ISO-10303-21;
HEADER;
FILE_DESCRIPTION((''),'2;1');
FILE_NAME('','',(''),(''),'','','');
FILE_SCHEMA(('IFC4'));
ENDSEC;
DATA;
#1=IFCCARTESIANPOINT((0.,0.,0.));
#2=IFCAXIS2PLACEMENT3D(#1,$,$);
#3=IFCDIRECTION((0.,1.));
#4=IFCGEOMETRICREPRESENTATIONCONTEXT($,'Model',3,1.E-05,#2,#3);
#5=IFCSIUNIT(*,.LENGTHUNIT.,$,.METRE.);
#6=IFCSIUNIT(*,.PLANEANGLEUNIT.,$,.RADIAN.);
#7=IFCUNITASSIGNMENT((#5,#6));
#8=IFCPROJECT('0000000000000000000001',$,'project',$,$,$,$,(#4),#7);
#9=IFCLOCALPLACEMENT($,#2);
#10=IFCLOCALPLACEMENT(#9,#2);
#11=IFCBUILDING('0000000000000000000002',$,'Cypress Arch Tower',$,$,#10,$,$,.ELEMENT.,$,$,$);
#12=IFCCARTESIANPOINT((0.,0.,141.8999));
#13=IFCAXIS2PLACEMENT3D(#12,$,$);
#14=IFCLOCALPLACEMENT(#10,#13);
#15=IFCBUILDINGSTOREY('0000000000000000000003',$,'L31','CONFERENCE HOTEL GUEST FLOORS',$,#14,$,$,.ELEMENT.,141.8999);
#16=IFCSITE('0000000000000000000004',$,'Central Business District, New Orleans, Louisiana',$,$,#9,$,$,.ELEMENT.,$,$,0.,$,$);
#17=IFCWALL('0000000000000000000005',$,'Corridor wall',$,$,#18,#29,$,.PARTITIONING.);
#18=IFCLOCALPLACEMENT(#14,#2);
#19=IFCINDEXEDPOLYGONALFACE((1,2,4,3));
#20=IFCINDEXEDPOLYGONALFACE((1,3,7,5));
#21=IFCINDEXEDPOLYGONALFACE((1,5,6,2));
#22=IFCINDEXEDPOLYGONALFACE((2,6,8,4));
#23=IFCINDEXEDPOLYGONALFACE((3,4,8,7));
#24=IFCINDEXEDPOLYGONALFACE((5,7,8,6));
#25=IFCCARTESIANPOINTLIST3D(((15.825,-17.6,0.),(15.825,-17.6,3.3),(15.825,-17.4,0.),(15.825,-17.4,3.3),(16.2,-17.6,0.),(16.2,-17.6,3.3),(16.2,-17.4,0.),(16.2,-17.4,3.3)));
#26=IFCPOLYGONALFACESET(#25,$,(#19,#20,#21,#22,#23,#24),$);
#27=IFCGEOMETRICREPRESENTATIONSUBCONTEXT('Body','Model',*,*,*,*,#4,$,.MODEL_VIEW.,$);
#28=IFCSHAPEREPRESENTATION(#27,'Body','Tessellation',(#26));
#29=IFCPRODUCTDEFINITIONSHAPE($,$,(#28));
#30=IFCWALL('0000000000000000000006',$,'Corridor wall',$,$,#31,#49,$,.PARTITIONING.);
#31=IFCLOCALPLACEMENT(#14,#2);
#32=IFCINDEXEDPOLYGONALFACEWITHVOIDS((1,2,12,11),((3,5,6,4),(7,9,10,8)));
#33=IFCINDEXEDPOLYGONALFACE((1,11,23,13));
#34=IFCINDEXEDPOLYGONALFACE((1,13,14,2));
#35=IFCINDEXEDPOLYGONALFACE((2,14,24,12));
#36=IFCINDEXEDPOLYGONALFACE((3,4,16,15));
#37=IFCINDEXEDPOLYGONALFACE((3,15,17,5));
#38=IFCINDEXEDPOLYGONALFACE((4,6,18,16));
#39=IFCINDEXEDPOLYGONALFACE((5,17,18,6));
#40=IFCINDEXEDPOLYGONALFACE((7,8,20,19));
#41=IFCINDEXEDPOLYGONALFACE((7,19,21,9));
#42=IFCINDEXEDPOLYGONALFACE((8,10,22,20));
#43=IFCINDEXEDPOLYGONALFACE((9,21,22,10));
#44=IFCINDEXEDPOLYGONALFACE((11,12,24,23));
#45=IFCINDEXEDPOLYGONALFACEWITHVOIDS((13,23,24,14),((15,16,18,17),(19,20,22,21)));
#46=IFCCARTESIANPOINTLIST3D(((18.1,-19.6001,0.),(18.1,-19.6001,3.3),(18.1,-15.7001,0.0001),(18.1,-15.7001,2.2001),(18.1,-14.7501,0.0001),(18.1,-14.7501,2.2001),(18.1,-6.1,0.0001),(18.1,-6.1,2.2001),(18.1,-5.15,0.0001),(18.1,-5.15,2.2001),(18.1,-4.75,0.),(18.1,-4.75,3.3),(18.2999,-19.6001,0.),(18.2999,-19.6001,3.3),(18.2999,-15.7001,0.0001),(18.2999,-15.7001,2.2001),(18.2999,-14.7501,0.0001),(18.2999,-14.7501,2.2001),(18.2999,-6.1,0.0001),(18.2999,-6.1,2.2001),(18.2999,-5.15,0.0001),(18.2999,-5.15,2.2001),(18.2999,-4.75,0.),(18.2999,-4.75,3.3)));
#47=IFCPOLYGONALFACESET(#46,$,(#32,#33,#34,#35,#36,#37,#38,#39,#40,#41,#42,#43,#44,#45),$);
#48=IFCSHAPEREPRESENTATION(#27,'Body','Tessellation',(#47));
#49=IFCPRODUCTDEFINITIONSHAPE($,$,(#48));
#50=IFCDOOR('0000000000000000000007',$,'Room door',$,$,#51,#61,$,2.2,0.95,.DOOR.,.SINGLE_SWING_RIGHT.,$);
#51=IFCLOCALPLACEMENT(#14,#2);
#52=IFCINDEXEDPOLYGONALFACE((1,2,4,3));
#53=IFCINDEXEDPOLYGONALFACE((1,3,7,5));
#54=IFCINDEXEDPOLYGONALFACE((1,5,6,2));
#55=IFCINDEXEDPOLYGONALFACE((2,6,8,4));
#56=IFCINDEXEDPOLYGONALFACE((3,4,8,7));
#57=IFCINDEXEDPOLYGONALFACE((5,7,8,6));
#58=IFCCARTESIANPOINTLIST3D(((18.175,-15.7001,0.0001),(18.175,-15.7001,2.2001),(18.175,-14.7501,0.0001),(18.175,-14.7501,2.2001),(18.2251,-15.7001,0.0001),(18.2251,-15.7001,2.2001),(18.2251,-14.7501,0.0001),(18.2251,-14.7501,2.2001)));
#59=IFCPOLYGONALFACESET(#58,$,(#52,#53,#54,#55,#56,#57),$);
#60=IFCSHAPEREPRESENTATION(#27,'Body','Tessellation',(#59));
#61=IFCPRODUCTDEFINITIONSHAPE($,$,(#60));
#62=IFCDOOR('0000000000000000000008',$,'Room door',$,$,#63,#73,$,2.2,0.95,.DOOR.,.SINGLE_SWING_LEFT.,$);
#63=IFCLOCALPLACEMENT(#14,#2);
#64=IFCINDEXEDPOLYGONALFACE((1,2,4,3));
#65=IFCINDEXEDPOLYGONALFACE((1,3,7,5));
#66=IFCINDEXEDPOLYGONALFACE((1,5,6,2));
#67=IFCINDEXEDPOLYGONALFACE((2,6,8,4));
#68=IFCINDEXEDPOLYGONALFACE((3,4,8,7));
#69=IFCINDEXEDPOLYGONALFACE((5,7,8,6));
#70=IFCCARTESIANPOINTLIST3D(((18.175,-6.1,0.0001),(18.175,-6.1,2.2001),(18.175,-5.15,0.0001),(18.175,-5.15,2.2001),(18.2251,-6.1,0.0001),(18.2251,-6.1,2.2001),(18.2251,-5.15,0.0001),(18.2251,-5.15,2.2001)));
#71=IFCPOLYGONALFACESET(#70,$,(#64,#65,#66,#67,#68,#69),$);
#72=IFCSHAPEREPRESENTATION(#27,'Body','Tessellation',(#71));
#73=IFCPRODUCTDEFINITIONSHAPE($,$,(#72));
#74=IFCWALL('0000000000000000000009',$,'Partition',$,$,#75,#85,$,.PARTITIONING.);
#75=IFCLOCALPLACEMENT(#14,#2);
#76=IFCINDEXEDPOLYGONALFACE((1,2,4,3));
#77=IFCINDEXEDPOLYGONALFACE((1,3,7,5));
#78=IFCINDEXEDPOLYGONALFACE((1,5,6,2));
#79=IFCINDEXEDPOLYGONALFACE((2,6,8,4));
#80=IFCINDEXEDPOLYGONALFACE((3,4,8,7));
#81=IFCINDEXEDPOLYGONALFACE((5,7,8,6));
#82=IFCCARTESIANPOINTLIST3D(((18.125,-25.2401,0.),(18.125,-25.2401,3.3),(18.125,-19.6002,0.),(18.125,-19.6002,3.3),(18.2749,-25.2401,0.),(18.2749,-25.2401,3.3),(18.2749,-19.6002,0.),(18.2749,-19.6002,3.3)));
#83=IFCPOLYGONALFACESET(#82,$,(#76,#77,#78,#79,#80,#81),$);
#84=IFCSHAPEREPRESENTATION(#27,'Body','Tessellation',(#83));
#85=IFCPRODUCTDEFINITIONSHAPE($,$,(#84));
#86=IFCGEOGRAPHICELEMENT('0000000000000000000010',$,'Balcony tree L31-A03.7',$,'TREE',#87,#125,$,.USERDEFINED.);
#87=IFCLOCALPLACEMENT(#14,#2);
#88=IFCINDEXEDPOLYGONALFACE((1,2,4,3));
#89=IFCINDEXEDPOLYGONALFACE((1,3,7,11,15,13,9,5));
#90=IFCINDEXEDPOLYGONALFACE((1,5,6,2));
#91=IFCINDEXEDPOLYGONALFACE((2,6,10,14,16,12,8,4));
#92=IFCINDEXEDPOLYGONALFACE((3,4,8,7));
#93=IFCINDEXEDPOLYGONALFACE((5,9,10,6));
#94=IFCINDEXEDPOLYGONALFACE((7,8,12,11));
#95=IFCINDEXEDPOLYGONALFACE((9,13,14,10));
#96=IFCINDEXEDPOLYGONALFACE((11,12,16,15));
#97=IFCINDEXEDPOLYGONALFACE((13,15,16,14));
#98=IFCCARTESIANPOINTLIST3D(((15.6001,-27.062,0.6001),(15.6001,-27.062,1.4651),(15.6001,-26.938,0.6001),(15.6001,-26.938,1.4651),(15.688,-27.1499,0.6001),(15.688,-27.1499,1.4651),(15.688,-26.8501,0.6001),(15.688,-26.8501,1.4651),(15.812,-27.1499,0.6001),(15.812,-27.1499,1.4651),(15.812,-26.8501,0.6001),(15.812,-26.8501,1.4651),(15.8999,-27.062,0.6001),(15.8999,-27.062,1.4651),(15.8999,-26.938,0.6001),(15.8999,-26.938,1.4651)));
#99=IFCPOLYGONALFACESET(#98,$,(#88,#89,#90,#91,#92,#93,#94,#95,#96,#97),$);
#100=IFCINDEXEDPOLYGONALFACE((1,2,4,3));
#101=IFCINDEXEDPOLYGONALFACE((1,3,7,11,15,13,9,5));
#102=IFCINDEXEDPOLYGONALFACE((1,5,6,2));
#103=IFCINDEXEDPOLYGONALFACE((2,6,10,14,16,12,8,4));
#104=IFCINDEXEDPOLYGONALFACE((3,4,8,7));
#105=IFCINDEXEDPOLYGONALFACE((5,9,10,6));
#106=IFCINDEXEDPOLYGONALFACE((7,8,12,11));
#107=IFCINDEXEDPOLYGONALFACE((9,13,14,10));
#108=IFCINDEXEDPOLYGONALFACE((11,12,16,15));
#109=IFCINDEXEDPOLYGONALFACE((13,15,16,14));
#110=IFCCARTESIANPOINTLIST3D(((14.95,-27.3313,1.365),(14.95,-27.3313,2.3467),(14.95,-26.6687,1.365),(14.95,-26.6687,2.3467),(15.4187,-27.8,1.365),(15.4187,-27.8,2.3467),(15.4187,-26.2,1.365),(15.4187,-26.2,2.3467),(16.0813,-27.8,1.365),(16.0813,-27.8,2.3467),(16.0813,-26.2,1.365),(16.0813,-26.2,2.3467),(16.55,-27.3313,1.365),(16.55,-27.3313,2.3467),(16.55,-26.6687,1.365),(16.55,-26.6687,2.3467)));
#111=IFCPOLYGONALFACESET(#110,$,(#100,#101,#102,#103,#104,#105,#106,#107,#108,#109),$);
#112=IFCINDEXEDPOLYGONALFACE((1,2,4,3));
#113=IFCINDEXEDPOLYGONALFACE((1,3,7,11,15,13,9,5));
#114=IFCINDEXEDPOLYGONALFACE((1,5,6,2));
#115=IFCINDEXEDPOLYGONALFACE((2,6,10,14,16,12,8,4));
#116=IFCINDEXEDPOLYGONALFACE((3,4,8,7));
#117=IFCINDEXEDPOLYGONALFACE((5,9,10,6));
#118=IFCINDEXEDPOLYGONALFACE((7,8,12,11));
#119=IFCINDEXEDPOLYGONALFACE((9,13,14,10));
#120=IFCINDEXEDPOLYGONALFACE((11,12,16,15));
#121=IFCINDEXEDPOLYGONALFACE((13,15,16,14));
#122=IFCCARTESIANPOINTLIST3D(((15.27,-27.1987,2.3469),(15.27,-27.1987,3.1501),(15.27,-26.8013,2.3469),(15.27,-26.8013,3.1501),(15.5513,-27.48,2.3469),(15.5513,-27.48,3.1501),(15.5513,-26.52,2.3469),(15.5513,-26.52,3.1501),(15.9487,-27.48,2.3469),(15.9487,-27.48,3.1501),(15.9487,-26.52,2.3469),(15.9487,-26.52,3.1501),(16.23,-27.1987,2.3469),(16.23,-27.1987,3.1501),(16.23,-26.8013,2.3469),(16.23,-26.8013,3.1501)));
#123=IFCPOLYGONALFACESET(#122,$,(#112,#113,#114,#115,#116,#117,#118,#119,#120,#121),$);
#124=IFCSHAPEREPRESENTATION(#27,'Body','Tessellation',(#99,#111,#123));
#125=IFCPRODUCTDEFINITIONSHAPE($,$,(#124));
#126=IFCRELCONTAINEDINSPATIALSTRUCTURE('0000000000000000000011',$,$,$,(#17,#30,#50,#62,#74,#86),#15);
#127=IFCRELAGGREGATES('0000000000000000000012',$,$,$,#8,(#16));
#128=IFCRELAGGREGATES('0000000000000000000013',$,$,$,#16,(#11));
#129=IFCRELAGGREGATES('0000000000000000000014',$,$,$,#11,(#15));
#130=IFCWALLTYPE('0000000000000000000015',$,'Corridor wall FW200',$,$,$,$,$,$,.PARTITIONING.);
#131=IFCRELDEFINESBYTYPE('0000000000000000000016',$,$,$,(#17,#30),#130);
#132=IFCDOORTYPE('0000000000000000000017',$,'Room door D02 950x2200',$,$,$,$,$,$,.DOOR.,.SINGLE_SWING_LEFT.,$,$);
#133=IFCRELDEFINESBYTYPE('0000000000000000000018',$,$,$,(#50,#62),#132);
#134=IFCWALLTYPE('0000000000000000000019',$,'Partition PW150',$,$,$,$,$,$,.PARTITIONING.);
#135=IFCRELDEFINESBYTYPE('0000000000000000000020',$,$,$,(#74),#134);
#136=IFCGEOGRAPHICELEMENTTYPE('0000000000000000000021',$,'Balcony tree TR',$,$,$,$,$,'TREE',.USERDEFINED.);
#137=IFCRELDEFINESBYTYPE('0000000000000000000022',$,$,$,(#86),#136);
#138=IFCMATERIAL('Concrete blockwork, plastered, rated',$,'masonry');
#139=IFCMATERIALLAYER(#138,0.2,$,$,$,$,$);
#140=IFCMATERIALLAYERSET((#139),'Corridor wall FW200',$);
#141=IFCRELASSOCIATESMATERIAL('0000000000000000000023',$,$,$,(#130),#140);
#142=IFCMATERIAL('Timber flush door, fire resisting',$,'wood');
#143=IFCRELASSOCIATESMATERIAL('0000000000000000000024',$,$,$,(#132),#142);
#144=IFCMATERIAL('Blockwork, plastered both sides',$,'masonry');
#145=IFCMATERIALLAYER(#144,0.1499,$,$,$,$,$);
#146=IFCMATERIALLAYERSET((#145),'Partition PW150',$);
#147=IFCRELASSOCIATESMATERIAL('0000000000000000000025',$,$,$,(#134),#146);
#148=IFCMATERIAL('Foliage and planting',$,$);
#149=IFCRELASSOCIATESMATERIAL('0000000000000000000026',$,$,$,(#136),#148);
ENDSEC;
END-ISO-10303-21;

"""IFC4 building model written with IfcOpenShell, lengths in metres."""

from ifc_helpers import new_model, si_unit, direction, frame, frame_2d, origin, place, context, subcontext, project, spatial, polyline, rectangle, outline, extrude, material, layer, layer_set, type_object, element, fill, save


model = new_model("IFC4")

# Units and contexts
model_context = context("Model", 3, precision=1e-05, world=origin(), true_north=direction((0.0, 1.0)))
body_context = subcontext(model_context, "Body", "Model", "MODEL_VIEW")
ifc_project = project(units=[si_unit("LENGTHUNIT", "METRE"), si_unit("PLANEANGLEUNIT", "RADIAN")], contexts=[model_context])

# Site, building, storey
site_placement = place(None, origin())
site = spatial("IfcSite", under=ifc_project, at=site_placement, Name="Central Business District, New Orleans, Louisiana", CompositionType="ELEMENT", RefElevation=0.0)
building_placement = place(site_placement, origin())
building = spatial("IfcBuilding", under=site, at=building_placement, Name="Cypress Arch Tower", CompositionType="ELEMENT")
storey_placement = place(building_placement, frame((0.0, 0.0, 141.8999)))
storey = spatial("IfcBuildingStorey", under=building, at=storey_placement, Name="L31", Description="CONFERENCE HOTEL GUEST FLOORS", CompositionType="ELEMENT", Elevation=141.8999)

# Wall
ifc_material_1 = material(Name="Concrete blockwork, plastered, rated", Category="masonry")
ifc_layer_1 = layer(ifc_material_1, 0.2)
ifc_layer_set_1 = layer_set([ifc_layer_1], Name="Corridor wall FW200")
wall_type_1 = type_object("IfcWallType", Name="Corridor wall FW200", PredefinedType="PARTITIONING", material=ifc_layer_set_1)
wall_1_placement = place(storey_placement, frame((15.825, -17.5, 0.0), z_axis=(0.0, 0.0, 1.0), x_axis=(1.0, 0.0, 0.0)))
element("IfcWall", 1, at=wall_1_placement, inside=storey, type_object=wall_type_1, Name="Corridor wall", PredefinedType="PARTITIONING", context=body_context, shape_type="SweptSolid", body=[
    extrude(rectangle(XDim=0.375, YDim=0.2, at=frame_2d((0.1875, 0.0))), origin(), (0.0, 0.0, 1.0), 3.3),
])

# Wall, openings, doors
wall_2_placement = place(storey_placement, frame((18.2, -19.6001, 0.0), z_axis=(0.0, 0.0, 1.0), x_axis=(0.0, 1.0, 0.0)))
wall_2 = element("IfcWall", 2, at=wall_2_placement, inside=storey, type_object=wall_type_1, Name="Corridor wall", PredefinedType="PARTITIONING", context=body_context, shape_type="SweptSolid", body=[
    extrude(rectangle(XDim=14.8501, YDim=0.2, at=frame_2d((7.425, 0.0))), origin(), (0.0, 0.0, 1.0), 3.3),
])
opening_1_placement = place(wall_2_placement, frame((3.8999, 0.0, 0.0)))
opening_1 = element("IfcOpeningElement", 3, at=opening_1_placement, cuts=wall_2, PredefinedType="OPENING", context=body_context, shape_type="SweptSolid", body=[
    extrude(rectangle(XDim=0.95, YDim=2.2, at=frame_2d((0.4751, 1.1001))), frame((0.0, 0.1099, 0.0), z_axis=(0.0, -1.0, 0.0), x_axis=(1.0, 0.0, 0.0)), (0.0, 0.0, 1.0), 0.22),
])
opening_2_placement = place(wall_2_placement, frame((13.5, 0.0, 0.0)))
opening_2 = element("IfcOpeningElement", 4, at=opening_2_placement, cuts=wall_2, PredefinedType="OPENING", context=body_context, shape_type="SweptSolid", body=[
    extrude(rectangle(XDim=0.95, YDim=2.2, at=frame_2d((0.4751, 1.1001))), frame((0.0, 0.1099, 0.0), z_axis=(0.0, -1.0, 0.0), x_axis=(1.0, 0.0, 0.0)), (0.0, 0.0, 1.0), 0.22),
])
ifc_material_2 = material(Name="Timber flush door, fire resisting", Category="wood")
door_type = type_object("IfcDoorType", Name="Room door D02 950x2200", OperationType="SINGLE_SWING_LEFT", PredefinedType="DOOR", material=ifc_material_2)
door_1_placement = place(opening_1_placement, origin())
door_1 = element("IfcDoor", 5, at=door_1_placement, inside=storey, type_object=door_type, Name="Room door", OperationType="SINGLE_SWING_RIGHT", OverallHeight=2.2, OverallWidth=0.95, PredefinedType="DOOR", context=body_context, shape_type="SweptSolid", body=[
    extrude(rectangle(XDim=0.95, YDim=2.2, at=frame_2d((0.4751, 1.1001))), frame((0.0, 0.0249, 0.0), z_axis=(0.0, -1.0, 0.0), x_axis=(1.0, 0.0, 0.0)), (0.0, 0.0, 1.0), 0.05),
])
fill(opening_1, door_1)
door_2_placement = place(opening_2_placement, origin())
door_2 = element("IfcDoor", 6, at=door_2_placement, inside=storey, type_object=door_type, Name="Room door", OperationType="SINGLE_SWING_LEFT", OverallHeight=2.2, OverallWidth=0.95, PredefinedType="DOOR", context=body_context, shape_type="SweptSolid", body=[
    extrude(rectangle(XDim=0.95, YDim=2.2, at=frame_2d((0.4751, 1.1001))), frame((0.0, 0.0249, 0.0), z_axis=(0.0, -1.0, 0.0), x_axis=(1.0, 0.0, 0.0)), (0.0, 0.0, 1.0), 0.05),
])
fill(opening_2, door_2)

# Wall
ifc_material_3 = material(Name="Blockwork, plastered both sides", Category="masonry")
ifc_layer_2 = layer(ifc_material_3, 0.1499)
ifc_layer_set_2 = layer_set([ifc_layer_2], Name="Partition PW150")
wall_type_2 = type_object("IfcWallType", Name="Partition PW150", PredefinedType="PARTITIONING", material=ifc_layer_set_2)
wall_3_placement = place(storey_placement, frame((18.2, -25.24, 0.0), z_axis=(0.0, 0.0, 1.0), x_axis=(0.0, 1.0, 0.0)))
element("IfcWall", 7, at=wall_3_placement, inside=storey, type_object=wall_type_2, Name="Partition", PredefinedType="PARTITIONING", context=body_context, shape_type="SweptSolid", body=[
    extrude(rectangle(XDim=5.6399, YDim=0.1499, at=frame_2d((2.8198, 0.0))), origin(), (0.0, 0.0, 1.0), 3.3),
])

# Geographic element
ifc_material_4 = material(Name="Foliage and planting")
geographic_element_type = type_object("IfcGeographicElementType", Name="Balcony tree TR", ElementType="TREE", PredefinedType="USERDEFINED", material=ifc_material_4)
geographic_element_placement = place(storey_placement, frame((15.75, -27.0, 0.6001), z_axis=(0.0, 0.0, 1.0), x_axis=(1.0, 0.0, 0.0)))
element("IfcGeographicElement", 8, at=geographic_element_placement, inside=storey, type_object=geographic_element_type, Name="Balcony tree L31-A03.7", ObjectType="TREE", PredefinedType="USERDEFINED", context=body_context, shape_type="SweptSolid", body=[
    extrude(outline(polyline([(0.1499, 0.062), (0.062, 0.1499), (-0.062, 0.1499), (-0.1499, 0.062), (-0.1499, -0.062), (-0.062, -0.1499), (0.062, -0.1499), (0.1499, -0.062), (0.1499, 0.062)])), origin(), (0.0, 0.0, 1.0), 0.865),
    extrude(outline(polyline([(0.8, 0.3313), (0.3313, 0.8), (-0.3313, 0.8), (-0.8, 0.3313), (-0.8, -0.3313), (-0.3313, -0.8), (0.3313, -0.8), (0.8, -0.3313), (0.8, 0.3313)])), frame((0.0, 0.0, 0.7649)), (0.0, 0.0, 1.0), 0.9817),
    extrude(outline(polyline([(0.48, 0.1987), (0.1987, 0.48), (-0.1987, 0.48), (-0.48, 0.1987), (-0.48, -0.1987), (-0.1987, -0.48), (0.1987, -0.48), (0.48, -0.1987), (0.48, 0.1987)])), frame((0.0, 0.0, 1.7468)), (0.0, 0.0, 1.0), 0.8032),
])

save(model, "model.ifc")
